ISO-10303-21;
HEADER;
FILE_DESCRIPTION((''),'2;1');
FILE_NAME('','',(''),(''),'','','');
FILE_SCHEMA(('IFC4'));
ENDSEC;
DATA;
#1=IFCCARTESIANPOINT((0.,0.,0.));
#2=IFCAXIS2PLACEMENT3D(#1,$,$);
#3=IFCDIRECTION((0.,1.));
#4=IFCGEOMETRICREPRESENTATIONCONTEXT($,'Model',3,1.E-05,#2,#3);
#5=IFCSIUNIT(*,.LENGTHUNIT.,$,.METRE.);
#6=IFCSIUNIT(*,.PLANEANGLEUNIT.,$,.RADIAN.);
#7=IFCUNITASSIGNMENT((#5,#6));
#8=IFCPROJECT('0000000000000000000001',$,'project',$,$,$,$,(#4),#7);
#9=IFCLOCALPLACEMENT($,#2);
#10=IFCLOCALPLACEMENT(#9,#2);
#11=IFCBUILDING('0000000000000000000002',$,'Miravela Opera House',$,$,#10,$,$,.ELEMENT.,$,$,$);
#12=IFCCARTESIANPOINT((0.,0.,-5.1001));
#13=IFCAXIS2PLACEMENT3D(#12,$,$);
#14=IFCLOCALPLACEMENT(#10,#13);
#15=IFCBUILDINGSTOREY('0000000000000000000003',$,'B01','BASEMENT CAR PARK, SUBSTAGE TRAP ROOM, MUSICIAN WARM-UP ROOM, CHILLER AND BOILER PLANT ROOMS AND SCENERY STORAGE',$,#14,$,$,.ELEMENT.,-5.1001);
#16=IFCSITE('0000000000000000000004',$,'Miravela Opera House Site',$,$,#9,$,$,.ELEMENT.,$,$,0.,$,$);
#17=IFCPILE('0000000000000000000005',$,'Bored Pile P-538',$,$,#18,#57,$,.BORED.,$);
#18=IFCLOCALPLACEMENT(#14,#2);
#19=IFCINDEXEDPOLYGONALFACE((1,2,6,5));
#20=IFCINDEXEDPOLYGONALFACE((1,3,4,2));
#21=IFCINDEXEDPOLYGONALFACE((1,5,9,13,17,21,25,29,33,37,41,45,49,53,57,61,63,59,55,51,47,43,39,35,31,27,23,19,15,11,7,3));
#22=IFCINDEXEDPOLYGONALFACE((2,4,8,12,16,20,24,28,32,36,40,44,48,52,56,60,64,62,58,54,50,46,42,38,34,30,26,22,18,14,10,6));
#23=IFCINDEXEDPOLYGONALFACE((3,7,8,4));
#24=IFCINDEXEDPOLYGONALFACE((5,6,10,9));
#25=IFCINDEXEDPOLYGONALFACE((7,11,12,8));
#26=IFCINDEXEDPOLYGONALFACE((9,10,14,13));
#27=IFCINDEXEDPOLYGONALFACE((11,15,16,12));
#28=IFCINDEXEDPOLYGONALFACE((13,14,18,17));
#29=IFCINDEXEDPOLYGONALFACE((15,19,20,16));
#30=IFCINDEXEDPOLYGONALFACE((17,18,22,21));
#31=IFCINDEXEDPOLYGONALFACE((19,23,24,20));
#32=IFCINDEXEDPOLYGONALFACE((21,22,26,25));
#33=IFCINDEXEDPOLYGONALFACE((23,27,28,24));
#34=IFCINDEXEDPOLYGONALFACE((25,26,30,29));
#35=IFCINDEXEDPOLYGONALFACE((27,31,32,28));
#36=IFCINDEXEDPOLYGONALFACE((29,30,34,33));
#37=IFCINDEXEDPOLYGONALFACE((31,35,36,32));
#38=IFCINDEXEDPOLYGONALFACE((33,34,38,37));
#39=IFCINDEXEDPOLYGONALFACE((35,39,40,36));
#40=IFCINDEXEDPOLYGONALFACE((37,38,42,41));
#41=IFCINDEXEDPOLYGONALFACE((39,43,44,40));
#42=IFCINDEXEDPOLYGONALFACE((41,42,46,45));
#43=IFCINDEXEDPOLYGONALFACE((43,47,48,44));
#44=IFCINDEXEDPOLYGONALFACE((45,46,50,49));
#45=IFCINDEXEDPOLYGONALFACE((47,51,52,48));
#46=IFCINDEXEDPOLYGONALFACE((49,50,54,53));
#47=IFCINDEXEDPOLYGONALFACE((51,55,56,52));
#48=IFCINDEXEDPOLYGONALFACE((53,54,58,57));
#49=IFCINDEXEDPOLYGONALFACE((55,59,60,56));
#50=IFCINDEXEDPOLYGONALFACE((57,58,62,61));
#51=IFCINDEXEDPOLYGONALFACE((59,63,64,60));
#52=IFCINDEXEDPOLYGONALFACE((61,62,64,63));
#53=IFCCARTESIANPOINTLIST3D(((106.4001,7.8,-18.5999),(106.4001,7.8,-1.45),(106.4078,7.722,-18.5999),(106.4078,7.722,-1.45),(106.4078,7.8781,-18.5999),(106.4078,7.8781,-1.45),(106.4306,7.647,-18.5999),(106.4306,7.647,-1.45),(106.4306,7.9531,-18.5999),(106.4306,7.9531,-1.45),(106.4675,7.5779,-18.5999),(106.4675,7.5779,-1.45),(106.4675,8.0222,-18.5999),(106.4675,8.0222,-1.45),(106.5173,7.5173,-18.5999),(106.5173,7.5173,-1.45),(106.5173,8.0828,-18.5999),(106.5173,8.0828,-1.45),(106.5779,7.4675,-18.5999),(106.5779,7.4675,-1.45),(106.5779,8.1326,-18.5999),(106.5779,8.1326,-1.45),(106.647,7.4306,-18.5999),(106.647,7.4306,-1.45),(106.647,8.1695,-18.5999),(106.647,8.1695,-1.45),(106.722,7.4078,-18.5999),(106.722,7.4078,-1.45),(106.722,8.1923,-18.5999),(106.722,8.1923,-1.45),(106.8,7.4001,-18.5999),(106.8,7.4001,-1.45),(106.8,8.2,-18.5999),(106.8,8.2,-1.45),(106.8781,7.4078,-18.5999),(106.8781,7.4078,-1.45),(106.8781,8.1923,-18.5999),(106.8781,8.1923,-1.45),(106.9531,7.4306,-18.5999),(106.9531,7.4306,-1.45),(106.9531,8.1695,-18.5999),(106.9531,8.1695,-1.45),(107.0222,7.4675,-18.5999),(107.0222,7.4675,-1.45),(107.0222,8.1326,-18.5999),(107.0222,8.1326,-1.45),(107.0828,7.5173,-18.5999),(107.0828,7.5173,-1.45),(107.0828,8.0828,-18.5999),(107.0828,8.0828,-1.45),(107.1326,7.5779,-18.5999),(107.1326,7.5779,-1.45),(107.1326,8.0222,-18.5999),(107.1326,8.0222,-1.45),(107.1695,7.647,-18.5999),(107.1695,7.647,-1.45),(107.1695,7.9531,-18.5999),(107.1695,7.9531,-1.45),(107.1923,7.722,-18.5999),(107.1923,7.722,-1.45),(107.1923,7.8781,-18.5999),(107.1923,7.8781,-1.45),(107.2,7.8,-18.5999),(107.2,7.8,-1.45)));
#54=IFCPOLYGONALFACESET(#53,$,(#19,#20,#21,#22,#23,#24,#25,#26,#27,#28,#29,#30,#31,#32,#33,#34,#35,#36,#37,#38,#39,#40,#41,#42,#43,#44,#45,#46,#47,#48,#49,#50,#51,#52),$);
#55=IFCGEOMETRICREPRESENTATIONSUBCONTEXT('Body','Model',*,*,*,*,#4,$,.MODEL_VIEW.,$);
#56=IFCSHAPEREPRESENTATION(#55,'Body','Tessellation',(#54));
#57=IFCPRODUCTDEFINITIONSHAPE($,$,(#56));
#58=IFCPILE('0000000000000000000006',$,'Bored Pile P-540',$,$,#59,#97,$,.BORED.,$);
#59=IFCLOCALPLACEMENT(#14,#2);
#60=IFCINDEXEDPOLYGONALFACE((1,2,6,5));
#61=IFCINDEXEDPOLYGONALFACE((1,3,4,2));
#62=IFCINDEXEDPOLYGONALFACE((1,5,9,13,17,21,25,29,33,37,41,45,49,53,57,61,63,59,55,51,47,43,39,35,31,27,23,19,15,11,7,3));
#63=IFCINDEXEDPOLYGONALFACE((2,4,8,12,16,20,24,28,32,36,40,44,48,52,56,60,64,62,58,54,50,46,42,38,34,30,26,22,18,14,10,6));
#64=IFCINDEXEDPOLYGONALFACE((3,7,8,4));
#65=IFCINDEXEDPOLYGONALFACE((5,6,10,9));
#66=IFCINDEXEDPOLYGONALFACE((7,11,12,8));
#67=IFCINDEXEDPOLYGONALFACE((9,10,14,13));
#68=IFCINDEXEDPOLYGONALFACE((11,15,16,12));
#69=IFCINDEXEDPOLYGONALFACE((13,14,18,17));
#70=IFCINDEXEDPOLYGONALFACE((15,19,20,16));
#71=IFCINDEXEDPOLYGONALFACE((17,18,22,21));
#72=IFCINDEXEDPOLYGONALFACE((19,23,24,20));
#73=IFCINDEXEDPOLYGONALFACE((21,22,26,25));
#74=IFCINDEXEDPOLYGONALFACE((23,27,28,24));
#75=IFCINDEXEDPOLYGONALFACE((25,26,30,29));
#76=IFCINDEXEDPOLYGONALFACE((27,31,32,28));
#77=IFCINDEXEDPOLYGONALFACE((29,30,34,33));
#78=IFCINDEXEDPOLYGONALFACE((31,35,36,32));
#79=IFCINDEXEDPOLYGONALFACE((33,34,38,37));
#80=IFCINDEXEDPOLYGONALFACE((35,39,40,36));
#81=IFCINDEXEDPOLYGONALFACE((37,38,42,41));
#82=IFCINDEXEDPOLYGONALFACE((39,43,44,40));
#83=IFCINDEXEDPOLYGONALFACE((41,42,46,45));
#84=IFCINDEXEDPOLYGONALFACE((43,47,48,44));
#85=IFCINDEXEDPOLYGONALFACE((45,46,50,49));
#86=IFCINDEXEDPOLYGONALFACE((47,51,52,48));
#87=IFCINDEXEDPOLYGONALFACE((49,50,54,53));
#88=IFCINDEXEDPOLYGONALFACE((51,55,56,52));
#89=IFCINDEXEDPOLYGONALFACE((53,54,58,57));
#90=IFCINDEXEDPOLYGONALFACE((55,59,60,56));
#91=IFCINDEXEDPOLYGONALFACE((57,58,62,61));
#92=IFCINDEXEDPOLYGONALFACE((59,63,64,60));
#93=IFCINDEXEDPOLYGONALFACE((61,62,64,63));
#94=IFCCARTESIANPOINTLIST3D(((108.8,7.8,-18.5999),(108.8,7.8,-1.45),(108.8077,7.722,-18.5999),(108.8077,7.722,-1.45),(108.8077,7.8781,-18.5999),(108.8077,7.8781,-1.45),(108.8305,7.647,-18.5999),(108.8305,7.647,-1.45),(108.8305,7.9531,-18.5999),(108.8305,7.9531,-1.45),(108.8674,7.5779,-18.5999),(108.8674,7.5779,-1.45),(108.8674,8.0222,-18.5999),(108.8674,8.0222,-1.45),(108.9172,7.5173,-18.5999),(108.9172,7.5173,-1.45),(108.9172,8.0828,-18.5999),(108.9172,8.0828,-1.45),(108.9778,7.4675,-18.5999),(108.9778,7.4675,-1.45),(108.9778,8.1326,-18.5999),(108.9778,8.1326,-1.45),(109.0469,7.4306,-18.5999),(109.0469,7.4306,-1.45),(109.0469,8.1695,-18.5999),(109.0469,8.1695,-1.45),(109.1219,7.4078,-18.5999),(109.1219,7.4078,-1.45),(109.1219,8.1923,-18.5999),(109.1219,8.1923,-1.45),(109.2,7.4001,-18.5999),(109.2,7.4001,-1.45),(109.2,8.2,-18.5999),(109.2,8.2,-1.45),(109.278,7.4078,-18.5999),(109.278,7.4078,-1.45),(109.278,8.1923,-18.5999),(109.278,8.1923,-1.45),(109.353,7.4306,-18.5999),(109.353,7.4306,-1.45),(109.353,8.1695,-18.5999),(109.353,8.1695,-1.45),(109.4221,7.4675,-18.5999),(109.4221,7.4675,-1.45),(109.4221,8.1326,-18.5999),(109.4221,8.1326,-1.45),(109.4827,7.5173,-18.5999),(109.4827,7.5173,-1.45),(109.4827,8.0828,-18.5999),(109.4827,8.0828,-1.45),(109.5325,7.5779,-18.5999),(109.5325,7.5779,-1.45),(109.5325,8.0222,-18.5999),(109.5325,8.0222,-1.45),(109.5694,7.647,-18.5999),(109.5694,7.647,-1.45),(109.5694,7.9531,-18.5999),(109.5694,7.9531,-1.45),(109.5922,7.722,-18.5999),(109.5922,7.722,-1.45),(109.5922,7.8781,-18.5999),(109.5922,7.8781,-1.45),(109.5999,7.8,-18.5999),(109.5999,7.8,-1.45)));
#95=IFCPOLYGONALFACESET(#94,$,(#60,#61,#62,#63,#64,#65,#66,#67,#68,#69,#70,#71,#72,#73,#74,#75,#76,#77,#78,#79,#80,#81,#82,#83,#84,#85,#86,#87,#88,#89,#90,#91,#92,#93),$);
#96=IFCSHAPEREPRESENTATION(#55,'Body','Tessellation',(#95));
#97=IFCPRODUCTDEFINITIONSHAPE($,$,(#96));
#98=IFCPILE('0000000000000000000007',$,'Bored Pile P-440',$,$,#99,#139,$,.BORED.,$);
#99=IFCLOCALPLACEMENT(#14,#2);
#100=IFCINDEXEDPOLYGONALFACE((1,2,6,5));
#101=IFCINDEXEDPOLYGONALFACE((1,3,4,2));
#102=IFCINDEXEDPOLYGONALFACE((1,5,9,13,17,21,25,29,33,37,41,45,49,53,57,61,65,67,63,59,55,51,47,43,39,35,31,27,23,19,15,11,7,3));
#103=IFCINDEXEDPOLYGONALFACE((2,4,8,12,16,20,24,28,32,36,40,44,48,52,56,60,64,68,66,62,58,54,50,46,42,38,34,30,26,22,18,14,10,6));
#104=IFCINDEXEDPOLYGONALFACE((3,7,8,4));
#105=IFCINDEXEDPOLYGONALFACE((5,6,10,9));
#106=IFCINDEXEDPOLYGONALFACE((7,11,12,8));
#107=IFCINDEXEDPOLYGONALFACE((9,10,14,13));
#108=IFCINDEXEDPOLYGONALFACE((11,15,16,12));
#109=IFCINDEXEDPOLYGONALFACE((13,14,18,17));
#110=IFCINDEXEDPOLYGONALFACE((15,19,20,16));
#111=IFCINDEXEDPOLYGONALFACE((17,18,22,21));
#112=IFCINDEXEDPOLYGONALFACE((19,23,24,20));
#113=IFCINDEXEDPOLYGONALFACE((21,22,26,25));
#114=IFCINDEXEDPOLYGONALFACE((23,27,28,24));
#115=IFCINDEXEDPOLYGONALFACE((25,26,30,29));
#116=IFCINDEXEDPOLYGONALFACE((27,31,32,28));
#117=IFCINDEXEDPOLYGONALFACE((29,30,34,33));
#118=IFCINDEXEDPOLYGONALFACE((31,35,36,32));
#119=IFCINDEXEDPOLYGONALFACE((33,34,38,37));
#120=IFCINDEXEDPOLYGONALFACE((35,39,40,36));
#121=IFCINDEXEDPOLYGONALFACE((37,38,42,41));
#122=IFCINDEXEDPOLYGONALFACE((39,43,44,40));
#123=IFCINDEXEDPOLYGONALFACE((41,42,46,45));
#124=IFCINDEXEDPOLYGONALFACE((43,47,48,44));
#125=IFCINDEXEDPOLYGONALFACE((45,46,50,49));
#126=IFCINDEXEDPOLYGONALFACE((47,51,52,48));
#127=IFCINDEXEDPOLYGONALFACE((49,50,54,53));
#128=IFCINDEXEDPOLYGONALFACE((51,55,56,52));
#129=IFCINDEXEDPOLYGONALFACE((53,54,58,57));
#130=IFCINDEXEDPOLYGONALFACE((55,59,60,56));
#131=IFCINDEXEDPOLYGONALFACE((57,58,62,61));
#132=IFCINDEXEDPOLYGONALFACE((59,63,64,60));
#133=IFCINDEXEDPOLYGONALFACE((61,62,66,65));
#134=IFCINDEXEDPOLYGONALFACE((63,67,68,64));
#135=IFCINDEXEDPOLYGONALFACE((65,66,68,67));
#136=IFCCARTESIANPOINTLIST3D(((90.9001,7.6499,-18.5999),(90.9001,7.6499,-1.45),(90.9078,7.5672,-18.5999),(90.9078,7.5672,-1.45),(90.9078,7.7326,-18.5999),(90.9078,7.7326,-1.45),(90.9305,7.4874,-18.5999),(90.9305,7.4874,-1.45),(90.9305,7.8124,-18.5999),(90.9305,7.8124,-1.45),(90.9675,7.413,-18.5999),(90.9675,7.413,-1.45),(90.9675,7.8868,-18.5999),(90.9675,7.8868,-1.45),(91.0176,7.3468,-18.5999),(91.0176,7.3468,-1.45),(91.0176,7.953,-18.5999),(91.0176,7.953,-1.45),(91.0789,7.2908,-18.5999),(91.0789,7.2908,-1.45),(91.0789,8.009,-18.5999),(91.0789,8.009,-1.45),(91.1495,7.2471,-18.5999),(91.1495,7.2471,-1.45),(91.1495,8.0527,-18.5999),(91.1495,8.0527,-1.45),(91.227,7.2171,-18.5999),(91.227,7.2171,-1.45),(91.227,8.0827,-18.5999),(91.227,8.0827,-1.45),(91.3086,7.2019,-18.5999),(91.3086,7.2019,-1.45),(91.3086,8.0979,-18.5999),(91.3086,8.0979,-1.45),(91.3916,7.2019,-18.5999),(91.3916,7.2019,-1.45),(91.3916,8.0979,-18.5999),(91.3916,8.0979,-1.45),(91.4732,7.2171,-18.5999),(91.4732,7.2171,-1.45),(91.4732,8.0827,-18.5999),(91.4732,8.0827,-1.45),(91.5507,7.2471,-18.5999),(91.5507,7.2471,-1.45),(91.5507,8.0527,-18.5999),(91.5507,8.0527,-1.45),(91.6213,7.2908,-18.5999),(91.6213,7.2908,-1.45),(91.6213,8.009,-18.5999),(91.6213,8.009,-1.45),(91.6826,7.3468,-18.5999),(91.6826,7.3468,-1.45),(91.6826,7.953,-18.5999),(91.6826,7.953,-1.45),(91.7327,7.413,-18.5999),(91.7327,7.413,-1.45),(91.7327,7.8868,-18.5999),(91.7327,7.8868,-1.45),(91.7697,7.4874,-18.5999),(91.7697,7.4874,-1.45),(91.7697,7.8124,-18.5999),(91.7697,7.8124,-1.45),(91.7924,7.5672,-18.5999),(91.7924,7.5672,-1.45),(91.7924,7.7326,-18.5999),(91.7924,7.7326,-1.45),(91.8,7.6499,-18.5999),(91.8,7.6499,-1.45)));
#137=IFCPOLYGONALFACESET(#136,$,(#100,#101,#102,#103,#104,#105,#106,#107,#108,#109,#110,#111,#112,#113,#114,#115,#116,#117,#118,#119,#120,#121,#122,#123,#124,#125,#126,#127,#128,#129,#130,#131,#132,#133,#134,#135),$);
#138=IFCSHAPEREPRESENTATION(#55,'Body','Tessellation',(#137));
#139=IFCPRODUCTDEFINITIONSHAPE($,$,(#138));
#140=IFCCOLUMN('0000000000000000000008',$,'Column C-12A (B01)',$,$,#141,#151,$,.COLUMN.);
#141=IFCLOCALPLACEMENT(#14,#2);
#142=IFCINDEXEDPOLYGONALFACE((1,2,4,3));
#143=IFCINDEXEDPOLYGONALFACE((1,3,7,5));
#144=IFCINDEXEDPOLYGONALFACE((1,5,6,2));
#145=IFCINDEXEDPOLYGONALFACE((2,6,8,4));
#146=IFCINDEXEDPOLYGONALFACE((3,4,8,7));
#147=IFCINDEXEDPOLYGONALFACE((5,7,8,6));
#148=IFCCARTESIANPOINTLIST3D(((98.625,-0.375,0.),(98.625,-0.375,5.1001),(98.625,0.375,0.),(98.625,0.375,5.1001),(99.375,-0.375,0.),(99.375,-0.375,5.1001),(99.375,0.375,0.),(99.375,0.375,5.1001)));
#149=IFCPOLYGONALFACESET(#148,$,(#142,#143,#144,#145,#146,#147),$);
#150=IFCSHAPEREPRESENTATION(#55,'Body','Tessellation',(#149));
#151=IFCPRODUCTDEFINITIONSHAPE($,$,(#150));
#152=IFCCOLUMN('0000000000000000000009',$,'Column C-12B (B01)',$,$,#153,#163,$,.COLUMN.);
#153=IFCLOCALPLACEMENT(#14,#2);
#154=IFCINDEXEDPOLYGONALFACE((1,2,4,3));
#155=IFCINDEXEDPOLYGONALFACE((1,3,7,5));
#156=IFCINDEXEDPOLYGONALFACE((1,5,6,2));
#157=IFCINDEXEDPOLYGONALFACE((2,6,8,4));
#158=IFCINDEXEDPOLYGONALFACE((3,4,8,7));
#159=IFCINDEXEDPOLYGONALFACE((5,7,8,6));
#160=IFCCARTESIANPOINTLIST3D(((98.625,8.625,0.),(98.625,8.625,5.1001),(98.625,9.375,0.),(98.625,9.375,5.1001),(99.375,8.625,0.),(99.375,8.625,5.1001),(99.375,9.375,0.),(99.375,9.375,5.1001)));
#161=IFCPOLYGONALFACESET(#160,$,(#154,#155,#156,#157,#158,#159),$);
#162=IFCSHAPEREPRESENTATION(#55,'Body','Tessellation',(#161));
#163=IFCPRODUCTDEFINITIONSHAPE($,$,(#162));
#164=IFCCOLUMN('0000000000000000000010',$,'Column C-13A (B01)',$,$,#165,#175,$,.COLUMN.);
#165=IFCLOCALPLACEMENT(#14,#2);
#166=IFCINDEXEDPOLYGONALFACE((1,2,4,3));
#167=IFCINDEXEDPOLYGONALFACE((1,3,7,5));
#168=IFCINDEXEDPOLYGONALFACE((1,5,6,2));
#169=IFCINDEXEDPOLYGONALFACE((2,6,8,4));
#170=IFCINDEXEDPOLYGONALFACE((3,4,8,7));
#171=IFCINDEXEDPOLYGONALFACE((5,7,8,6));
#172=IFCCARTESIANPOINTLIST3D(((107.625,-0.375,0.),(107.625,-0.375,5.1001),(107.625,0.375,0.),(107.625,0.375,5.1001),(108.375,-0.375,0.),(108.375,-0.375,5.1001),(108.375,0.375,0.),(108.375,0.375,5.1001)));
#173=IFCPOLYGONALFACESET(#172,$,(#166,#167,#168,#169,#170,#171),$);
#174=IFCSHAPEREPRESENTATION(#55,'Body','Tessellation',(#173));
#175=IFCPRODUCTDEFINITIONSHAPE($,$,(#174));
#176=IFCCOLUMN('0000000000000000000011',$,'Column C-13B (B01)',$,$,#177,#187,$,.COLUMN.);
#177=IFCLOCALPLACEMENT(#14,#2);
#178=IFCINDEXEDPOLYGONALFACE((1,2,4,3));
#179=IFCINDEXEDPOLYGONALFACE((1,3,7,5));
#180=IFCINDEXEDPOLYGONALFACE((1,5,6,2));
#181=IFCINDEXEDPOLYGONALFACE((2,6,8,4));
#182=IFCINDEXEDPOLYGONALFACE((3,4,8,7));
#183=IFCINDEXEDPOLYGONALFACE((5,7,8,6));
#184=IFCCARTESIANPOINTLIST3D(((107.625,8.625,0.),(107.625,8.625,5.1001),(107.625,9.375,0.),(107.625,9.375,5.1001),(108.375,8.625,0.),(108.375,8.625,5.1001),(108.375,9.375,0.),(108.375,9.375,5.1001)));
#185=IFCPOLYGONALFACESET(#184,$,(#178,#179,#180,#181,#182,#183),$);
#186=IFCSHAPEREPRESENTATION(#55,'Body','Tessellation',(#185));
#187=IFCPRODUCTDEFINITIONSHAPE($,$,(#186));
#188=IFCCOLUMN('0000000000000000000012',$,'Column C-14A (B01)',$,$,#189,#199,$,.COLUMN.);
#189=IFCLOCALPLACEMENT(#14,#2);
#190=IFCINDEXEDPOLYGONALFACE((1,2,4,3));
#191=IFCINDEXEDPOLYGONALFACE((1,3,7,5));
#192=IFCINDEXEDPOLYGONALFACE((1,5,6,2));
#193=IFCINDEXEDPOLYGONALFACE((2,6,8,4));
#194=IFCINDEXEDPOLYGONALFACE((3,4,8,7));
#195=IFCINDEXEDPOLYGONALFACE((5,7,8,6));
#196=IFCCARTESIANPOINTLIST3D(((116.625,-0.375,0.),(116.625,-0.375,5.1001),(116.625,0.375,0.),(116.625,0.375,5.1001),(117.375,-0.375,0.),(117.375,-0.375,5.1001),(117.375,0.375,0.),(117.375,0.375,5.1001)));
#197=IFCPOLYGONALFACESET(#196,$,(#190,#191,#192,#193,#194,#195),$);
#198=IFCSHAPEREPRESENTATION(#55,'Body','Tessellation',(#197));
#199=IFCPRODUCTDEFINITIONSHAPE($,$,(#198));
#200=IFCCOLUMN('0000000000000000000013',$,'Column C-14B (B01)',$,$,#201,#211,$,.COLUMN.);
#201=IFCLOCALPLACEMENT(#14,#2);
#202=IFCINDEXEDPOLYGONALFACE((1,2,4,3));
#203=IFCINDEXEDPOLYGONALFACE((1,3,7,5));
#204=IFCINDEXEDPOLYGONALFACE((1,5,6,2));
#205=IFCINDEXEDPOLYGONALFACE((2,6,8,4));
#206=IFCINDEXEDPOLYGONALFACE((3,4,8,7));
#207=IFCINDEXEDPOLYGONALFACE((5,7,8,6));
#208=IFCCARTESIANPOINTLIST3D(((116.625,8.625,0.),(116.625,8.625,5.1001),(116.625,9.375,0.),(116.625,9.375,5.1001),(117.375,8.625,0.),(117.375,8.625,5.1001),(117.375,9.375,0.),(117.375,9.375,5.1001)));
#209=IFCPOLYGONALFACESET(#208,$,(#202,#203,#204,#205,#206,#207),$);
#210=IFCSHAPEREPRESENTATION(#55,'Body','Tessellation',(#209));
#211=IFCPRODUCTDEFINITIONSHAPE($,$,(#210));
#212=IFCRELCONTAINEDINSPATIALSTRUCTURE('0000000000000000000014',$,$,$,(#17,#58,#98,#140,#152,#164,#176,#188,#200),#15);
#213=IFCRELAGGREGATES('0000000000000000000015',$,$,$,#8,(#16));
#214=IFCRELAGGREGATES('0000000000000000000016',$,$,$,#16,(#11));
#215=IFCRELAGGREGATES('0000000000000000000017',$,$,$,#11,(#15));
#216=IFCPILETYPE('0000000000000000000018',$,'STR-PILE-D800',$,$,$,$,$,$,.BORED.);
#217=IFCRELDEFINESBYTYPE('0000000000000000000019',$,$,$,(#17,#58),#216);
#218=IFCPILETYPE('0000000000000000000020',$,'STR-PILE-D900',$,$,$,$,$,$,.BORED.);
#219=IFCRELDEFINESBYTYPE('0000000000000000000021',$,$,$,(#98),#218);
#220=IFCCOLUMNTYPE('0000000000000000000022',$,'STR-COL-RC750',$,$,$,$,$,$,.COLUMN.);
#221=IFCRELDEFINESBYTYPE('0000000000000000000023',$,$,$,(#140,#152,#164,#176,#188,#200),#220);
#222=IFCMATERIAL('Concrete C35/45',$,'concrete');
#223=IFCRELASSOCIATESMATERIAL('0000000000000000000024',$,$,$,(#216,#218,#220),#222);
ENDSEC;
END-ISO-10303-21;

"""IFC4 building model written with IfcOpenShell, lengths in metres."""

from ifc_helpers import new_model, si_unit, direction, frame, origin, origin_2d, place, context, subcontext, project, spatial, rectangle, circle, extrude, material, material_profile, profile_set, type_object, element, save


model = new_model("IFC4")

# Units and contexts
model_context = context("Model", 3, precision=1e-05, world=origin(), true_north=direction((0.0, 1.0)))
body_context = subcontext(model_context, "Body", "Model", "MODEL_VIEW")
ifc_project = project(units=[si_unit("LENGTHUNIT", "METRE"), si_unit("PLANEANGLEUNIT", "RADIAN")], contexts=[model_context])

# Site, building, storey
site_placement = place(None, origin())
site = spatial("IfcSite", under=ifc_project, at=site_placement, Name="Miravela Opera House Site", CompositionType="ELEMENT", RefElevation=0.0)
building_placement = place(site_placement, origin())
building = spatial("IfcBuilding", under=site, at=building_placement, Name="Miravela Opera House", CompositionType="ELEMENT")
storey_placement = place(building_placement, frame((0.0, 0.0, -5.1001)))
storey = spatial("IfcBuildingStorey", under=building, at=storey_placement, Name="B01", Description="BASEMENT CAR PARK, SUBSTAGE TRAP ROOM, MUSICIAN WARM-UP ROOM, CHILLER AND BOILER PLANT ROOMS AND SCENERY STORAGE", CompositionType="ELEMENT", Elevation=-5.1001)

# Shared definitions
ifc_material_1 = material(Name="Concrete C35/45", Category="concrete")

# Piles
ifc_material_profile_1 = material_profile(ifc_material_1, circle(Radius=0.3999, at=origin_2d()), Name="PILE-D800")
ifc_profile_set_1 = profile_set([ifc_material_profile_1])
pile_type_1 = type_object("IfcPileType", Name="STR-PILE-D800", PredefinedType="BORED", material=ifc_profile_set_1)
for number, where, z_axis, x_axis, name in (
    (1, (106.8, 7.8, -1.45), (0.0, 0.0, -1.0), (1.0, 0.0, 0.0), "Bored Pile P-538"),
    (2, (109.2, 7.8, -1.45), (0.0, 0.0, -1.0), (1.0, 0.0, 0.0), "Bored Pile P-540"),
):
    element("IfcPile", number, at=place(storey_placement, frame(where, z_axis=z_axis, x_axis=x_axis)), inside=storey, type_object=pile_type_1, Name=name, PredefinedType="BORED", context=body_context, shape_type="SweptSolid", body=[
        extrude(circle(Radius=0.3999, at=origin_2d()), origin(), (0.0, 0.0, 1.0), 17.1499),
    ])
ifc_material_profile_2 = material_profile(ifc_material_1, circle(Radius=0.45, at=origin_2d()), Name="PILE-D900")
ifc_profile_set_2 = profile_set([ifc_material_profile_2])
pile_type_2 = type_object("IfcPileType", Name="STR-PILE-D900", PredefinedType="BORED", material=ifc_profile_set_2)
pile_placement = place(storey_placement, frame((91.3501, 7.6499, -1.45), z_axis=(0.0, 0.0, -1.0), x_axis=(1.0, 0.0, 0.0)))
element("IfcPile", 3, at=pile_placement, inside=storey, type_object=pile_type_2, Name="Bored Pile P-440", PredefinedType="BORED", context=body_context, shape_type="SweptSolid", body=[
    extrude(circle(Radius=0.45, at=origin_2d()), origin(), (0.0, 0.0, 1.0), 17.1499),
])

# Columns
ifc_material_profile_3 = material_profile(ifc_material_1, rectangle(XDim=0.75, YDim=0.75, at=origin_2d()), Name="RC-COL-750X750")
ifc_profile_set_3 = profile_set([ifc_material_profile_3])
column_type = type_object("IfcColumnType", Name="STR-COL-RC750", PredefinedType="COLUMN", material=ifc_profile_set_3)
for number, where, z_axis, x_axis, name in (
    (4, (99.0, 0.0, 0.0), (0.0, 0.0, 1.0), (1.0, 0.0, 0.0), "Column C-12A (B01)"),
    (5, (99.0, 9.0, 0.0), (0.0, 0.0, 1.0), (1.0, 0.0, 0.0), "Column C-12B (B01)"),
    (6, (108.0, 0.0, 0.0), (0.0, 0.0, 1.0), (1.0, 0.0, 0.0), "Column C-13A (B01)"),
    (7, (108.0, 9.0, 0.0), (0.0, 0.0, 1.0), (1.0, 0.0, 0.0), "Column C-13B (B01)"),
    (8, (117.0, 0.0, 0.0), (0.0, 0.0, 1.0), (1.0, 0.0, 0.0), "Column C-14A (B01)"),
    (9, (117.0, 9.0, 0.0), (0.0, 0.0, 1.0), (1.0, 0.0, 0.0), "Column C-14B (B01)"),
):
    element("IfcColumn", number, at=place(storey_placement, frame(where, z_axis=z_axis, x_axis=x_axis)), inside=storey, type_object=column_type, Name=name, PredefinedType="COLUMN", context=body_context, shape_type="SweptSolid", body=[
        extrude(rectangle(XDim=0.75, YDim=0.75, at=origin_2d()), origin(), (0.0, 0.0, 1.0), 5.1001),
    ])

save(model, "model.ifc")
